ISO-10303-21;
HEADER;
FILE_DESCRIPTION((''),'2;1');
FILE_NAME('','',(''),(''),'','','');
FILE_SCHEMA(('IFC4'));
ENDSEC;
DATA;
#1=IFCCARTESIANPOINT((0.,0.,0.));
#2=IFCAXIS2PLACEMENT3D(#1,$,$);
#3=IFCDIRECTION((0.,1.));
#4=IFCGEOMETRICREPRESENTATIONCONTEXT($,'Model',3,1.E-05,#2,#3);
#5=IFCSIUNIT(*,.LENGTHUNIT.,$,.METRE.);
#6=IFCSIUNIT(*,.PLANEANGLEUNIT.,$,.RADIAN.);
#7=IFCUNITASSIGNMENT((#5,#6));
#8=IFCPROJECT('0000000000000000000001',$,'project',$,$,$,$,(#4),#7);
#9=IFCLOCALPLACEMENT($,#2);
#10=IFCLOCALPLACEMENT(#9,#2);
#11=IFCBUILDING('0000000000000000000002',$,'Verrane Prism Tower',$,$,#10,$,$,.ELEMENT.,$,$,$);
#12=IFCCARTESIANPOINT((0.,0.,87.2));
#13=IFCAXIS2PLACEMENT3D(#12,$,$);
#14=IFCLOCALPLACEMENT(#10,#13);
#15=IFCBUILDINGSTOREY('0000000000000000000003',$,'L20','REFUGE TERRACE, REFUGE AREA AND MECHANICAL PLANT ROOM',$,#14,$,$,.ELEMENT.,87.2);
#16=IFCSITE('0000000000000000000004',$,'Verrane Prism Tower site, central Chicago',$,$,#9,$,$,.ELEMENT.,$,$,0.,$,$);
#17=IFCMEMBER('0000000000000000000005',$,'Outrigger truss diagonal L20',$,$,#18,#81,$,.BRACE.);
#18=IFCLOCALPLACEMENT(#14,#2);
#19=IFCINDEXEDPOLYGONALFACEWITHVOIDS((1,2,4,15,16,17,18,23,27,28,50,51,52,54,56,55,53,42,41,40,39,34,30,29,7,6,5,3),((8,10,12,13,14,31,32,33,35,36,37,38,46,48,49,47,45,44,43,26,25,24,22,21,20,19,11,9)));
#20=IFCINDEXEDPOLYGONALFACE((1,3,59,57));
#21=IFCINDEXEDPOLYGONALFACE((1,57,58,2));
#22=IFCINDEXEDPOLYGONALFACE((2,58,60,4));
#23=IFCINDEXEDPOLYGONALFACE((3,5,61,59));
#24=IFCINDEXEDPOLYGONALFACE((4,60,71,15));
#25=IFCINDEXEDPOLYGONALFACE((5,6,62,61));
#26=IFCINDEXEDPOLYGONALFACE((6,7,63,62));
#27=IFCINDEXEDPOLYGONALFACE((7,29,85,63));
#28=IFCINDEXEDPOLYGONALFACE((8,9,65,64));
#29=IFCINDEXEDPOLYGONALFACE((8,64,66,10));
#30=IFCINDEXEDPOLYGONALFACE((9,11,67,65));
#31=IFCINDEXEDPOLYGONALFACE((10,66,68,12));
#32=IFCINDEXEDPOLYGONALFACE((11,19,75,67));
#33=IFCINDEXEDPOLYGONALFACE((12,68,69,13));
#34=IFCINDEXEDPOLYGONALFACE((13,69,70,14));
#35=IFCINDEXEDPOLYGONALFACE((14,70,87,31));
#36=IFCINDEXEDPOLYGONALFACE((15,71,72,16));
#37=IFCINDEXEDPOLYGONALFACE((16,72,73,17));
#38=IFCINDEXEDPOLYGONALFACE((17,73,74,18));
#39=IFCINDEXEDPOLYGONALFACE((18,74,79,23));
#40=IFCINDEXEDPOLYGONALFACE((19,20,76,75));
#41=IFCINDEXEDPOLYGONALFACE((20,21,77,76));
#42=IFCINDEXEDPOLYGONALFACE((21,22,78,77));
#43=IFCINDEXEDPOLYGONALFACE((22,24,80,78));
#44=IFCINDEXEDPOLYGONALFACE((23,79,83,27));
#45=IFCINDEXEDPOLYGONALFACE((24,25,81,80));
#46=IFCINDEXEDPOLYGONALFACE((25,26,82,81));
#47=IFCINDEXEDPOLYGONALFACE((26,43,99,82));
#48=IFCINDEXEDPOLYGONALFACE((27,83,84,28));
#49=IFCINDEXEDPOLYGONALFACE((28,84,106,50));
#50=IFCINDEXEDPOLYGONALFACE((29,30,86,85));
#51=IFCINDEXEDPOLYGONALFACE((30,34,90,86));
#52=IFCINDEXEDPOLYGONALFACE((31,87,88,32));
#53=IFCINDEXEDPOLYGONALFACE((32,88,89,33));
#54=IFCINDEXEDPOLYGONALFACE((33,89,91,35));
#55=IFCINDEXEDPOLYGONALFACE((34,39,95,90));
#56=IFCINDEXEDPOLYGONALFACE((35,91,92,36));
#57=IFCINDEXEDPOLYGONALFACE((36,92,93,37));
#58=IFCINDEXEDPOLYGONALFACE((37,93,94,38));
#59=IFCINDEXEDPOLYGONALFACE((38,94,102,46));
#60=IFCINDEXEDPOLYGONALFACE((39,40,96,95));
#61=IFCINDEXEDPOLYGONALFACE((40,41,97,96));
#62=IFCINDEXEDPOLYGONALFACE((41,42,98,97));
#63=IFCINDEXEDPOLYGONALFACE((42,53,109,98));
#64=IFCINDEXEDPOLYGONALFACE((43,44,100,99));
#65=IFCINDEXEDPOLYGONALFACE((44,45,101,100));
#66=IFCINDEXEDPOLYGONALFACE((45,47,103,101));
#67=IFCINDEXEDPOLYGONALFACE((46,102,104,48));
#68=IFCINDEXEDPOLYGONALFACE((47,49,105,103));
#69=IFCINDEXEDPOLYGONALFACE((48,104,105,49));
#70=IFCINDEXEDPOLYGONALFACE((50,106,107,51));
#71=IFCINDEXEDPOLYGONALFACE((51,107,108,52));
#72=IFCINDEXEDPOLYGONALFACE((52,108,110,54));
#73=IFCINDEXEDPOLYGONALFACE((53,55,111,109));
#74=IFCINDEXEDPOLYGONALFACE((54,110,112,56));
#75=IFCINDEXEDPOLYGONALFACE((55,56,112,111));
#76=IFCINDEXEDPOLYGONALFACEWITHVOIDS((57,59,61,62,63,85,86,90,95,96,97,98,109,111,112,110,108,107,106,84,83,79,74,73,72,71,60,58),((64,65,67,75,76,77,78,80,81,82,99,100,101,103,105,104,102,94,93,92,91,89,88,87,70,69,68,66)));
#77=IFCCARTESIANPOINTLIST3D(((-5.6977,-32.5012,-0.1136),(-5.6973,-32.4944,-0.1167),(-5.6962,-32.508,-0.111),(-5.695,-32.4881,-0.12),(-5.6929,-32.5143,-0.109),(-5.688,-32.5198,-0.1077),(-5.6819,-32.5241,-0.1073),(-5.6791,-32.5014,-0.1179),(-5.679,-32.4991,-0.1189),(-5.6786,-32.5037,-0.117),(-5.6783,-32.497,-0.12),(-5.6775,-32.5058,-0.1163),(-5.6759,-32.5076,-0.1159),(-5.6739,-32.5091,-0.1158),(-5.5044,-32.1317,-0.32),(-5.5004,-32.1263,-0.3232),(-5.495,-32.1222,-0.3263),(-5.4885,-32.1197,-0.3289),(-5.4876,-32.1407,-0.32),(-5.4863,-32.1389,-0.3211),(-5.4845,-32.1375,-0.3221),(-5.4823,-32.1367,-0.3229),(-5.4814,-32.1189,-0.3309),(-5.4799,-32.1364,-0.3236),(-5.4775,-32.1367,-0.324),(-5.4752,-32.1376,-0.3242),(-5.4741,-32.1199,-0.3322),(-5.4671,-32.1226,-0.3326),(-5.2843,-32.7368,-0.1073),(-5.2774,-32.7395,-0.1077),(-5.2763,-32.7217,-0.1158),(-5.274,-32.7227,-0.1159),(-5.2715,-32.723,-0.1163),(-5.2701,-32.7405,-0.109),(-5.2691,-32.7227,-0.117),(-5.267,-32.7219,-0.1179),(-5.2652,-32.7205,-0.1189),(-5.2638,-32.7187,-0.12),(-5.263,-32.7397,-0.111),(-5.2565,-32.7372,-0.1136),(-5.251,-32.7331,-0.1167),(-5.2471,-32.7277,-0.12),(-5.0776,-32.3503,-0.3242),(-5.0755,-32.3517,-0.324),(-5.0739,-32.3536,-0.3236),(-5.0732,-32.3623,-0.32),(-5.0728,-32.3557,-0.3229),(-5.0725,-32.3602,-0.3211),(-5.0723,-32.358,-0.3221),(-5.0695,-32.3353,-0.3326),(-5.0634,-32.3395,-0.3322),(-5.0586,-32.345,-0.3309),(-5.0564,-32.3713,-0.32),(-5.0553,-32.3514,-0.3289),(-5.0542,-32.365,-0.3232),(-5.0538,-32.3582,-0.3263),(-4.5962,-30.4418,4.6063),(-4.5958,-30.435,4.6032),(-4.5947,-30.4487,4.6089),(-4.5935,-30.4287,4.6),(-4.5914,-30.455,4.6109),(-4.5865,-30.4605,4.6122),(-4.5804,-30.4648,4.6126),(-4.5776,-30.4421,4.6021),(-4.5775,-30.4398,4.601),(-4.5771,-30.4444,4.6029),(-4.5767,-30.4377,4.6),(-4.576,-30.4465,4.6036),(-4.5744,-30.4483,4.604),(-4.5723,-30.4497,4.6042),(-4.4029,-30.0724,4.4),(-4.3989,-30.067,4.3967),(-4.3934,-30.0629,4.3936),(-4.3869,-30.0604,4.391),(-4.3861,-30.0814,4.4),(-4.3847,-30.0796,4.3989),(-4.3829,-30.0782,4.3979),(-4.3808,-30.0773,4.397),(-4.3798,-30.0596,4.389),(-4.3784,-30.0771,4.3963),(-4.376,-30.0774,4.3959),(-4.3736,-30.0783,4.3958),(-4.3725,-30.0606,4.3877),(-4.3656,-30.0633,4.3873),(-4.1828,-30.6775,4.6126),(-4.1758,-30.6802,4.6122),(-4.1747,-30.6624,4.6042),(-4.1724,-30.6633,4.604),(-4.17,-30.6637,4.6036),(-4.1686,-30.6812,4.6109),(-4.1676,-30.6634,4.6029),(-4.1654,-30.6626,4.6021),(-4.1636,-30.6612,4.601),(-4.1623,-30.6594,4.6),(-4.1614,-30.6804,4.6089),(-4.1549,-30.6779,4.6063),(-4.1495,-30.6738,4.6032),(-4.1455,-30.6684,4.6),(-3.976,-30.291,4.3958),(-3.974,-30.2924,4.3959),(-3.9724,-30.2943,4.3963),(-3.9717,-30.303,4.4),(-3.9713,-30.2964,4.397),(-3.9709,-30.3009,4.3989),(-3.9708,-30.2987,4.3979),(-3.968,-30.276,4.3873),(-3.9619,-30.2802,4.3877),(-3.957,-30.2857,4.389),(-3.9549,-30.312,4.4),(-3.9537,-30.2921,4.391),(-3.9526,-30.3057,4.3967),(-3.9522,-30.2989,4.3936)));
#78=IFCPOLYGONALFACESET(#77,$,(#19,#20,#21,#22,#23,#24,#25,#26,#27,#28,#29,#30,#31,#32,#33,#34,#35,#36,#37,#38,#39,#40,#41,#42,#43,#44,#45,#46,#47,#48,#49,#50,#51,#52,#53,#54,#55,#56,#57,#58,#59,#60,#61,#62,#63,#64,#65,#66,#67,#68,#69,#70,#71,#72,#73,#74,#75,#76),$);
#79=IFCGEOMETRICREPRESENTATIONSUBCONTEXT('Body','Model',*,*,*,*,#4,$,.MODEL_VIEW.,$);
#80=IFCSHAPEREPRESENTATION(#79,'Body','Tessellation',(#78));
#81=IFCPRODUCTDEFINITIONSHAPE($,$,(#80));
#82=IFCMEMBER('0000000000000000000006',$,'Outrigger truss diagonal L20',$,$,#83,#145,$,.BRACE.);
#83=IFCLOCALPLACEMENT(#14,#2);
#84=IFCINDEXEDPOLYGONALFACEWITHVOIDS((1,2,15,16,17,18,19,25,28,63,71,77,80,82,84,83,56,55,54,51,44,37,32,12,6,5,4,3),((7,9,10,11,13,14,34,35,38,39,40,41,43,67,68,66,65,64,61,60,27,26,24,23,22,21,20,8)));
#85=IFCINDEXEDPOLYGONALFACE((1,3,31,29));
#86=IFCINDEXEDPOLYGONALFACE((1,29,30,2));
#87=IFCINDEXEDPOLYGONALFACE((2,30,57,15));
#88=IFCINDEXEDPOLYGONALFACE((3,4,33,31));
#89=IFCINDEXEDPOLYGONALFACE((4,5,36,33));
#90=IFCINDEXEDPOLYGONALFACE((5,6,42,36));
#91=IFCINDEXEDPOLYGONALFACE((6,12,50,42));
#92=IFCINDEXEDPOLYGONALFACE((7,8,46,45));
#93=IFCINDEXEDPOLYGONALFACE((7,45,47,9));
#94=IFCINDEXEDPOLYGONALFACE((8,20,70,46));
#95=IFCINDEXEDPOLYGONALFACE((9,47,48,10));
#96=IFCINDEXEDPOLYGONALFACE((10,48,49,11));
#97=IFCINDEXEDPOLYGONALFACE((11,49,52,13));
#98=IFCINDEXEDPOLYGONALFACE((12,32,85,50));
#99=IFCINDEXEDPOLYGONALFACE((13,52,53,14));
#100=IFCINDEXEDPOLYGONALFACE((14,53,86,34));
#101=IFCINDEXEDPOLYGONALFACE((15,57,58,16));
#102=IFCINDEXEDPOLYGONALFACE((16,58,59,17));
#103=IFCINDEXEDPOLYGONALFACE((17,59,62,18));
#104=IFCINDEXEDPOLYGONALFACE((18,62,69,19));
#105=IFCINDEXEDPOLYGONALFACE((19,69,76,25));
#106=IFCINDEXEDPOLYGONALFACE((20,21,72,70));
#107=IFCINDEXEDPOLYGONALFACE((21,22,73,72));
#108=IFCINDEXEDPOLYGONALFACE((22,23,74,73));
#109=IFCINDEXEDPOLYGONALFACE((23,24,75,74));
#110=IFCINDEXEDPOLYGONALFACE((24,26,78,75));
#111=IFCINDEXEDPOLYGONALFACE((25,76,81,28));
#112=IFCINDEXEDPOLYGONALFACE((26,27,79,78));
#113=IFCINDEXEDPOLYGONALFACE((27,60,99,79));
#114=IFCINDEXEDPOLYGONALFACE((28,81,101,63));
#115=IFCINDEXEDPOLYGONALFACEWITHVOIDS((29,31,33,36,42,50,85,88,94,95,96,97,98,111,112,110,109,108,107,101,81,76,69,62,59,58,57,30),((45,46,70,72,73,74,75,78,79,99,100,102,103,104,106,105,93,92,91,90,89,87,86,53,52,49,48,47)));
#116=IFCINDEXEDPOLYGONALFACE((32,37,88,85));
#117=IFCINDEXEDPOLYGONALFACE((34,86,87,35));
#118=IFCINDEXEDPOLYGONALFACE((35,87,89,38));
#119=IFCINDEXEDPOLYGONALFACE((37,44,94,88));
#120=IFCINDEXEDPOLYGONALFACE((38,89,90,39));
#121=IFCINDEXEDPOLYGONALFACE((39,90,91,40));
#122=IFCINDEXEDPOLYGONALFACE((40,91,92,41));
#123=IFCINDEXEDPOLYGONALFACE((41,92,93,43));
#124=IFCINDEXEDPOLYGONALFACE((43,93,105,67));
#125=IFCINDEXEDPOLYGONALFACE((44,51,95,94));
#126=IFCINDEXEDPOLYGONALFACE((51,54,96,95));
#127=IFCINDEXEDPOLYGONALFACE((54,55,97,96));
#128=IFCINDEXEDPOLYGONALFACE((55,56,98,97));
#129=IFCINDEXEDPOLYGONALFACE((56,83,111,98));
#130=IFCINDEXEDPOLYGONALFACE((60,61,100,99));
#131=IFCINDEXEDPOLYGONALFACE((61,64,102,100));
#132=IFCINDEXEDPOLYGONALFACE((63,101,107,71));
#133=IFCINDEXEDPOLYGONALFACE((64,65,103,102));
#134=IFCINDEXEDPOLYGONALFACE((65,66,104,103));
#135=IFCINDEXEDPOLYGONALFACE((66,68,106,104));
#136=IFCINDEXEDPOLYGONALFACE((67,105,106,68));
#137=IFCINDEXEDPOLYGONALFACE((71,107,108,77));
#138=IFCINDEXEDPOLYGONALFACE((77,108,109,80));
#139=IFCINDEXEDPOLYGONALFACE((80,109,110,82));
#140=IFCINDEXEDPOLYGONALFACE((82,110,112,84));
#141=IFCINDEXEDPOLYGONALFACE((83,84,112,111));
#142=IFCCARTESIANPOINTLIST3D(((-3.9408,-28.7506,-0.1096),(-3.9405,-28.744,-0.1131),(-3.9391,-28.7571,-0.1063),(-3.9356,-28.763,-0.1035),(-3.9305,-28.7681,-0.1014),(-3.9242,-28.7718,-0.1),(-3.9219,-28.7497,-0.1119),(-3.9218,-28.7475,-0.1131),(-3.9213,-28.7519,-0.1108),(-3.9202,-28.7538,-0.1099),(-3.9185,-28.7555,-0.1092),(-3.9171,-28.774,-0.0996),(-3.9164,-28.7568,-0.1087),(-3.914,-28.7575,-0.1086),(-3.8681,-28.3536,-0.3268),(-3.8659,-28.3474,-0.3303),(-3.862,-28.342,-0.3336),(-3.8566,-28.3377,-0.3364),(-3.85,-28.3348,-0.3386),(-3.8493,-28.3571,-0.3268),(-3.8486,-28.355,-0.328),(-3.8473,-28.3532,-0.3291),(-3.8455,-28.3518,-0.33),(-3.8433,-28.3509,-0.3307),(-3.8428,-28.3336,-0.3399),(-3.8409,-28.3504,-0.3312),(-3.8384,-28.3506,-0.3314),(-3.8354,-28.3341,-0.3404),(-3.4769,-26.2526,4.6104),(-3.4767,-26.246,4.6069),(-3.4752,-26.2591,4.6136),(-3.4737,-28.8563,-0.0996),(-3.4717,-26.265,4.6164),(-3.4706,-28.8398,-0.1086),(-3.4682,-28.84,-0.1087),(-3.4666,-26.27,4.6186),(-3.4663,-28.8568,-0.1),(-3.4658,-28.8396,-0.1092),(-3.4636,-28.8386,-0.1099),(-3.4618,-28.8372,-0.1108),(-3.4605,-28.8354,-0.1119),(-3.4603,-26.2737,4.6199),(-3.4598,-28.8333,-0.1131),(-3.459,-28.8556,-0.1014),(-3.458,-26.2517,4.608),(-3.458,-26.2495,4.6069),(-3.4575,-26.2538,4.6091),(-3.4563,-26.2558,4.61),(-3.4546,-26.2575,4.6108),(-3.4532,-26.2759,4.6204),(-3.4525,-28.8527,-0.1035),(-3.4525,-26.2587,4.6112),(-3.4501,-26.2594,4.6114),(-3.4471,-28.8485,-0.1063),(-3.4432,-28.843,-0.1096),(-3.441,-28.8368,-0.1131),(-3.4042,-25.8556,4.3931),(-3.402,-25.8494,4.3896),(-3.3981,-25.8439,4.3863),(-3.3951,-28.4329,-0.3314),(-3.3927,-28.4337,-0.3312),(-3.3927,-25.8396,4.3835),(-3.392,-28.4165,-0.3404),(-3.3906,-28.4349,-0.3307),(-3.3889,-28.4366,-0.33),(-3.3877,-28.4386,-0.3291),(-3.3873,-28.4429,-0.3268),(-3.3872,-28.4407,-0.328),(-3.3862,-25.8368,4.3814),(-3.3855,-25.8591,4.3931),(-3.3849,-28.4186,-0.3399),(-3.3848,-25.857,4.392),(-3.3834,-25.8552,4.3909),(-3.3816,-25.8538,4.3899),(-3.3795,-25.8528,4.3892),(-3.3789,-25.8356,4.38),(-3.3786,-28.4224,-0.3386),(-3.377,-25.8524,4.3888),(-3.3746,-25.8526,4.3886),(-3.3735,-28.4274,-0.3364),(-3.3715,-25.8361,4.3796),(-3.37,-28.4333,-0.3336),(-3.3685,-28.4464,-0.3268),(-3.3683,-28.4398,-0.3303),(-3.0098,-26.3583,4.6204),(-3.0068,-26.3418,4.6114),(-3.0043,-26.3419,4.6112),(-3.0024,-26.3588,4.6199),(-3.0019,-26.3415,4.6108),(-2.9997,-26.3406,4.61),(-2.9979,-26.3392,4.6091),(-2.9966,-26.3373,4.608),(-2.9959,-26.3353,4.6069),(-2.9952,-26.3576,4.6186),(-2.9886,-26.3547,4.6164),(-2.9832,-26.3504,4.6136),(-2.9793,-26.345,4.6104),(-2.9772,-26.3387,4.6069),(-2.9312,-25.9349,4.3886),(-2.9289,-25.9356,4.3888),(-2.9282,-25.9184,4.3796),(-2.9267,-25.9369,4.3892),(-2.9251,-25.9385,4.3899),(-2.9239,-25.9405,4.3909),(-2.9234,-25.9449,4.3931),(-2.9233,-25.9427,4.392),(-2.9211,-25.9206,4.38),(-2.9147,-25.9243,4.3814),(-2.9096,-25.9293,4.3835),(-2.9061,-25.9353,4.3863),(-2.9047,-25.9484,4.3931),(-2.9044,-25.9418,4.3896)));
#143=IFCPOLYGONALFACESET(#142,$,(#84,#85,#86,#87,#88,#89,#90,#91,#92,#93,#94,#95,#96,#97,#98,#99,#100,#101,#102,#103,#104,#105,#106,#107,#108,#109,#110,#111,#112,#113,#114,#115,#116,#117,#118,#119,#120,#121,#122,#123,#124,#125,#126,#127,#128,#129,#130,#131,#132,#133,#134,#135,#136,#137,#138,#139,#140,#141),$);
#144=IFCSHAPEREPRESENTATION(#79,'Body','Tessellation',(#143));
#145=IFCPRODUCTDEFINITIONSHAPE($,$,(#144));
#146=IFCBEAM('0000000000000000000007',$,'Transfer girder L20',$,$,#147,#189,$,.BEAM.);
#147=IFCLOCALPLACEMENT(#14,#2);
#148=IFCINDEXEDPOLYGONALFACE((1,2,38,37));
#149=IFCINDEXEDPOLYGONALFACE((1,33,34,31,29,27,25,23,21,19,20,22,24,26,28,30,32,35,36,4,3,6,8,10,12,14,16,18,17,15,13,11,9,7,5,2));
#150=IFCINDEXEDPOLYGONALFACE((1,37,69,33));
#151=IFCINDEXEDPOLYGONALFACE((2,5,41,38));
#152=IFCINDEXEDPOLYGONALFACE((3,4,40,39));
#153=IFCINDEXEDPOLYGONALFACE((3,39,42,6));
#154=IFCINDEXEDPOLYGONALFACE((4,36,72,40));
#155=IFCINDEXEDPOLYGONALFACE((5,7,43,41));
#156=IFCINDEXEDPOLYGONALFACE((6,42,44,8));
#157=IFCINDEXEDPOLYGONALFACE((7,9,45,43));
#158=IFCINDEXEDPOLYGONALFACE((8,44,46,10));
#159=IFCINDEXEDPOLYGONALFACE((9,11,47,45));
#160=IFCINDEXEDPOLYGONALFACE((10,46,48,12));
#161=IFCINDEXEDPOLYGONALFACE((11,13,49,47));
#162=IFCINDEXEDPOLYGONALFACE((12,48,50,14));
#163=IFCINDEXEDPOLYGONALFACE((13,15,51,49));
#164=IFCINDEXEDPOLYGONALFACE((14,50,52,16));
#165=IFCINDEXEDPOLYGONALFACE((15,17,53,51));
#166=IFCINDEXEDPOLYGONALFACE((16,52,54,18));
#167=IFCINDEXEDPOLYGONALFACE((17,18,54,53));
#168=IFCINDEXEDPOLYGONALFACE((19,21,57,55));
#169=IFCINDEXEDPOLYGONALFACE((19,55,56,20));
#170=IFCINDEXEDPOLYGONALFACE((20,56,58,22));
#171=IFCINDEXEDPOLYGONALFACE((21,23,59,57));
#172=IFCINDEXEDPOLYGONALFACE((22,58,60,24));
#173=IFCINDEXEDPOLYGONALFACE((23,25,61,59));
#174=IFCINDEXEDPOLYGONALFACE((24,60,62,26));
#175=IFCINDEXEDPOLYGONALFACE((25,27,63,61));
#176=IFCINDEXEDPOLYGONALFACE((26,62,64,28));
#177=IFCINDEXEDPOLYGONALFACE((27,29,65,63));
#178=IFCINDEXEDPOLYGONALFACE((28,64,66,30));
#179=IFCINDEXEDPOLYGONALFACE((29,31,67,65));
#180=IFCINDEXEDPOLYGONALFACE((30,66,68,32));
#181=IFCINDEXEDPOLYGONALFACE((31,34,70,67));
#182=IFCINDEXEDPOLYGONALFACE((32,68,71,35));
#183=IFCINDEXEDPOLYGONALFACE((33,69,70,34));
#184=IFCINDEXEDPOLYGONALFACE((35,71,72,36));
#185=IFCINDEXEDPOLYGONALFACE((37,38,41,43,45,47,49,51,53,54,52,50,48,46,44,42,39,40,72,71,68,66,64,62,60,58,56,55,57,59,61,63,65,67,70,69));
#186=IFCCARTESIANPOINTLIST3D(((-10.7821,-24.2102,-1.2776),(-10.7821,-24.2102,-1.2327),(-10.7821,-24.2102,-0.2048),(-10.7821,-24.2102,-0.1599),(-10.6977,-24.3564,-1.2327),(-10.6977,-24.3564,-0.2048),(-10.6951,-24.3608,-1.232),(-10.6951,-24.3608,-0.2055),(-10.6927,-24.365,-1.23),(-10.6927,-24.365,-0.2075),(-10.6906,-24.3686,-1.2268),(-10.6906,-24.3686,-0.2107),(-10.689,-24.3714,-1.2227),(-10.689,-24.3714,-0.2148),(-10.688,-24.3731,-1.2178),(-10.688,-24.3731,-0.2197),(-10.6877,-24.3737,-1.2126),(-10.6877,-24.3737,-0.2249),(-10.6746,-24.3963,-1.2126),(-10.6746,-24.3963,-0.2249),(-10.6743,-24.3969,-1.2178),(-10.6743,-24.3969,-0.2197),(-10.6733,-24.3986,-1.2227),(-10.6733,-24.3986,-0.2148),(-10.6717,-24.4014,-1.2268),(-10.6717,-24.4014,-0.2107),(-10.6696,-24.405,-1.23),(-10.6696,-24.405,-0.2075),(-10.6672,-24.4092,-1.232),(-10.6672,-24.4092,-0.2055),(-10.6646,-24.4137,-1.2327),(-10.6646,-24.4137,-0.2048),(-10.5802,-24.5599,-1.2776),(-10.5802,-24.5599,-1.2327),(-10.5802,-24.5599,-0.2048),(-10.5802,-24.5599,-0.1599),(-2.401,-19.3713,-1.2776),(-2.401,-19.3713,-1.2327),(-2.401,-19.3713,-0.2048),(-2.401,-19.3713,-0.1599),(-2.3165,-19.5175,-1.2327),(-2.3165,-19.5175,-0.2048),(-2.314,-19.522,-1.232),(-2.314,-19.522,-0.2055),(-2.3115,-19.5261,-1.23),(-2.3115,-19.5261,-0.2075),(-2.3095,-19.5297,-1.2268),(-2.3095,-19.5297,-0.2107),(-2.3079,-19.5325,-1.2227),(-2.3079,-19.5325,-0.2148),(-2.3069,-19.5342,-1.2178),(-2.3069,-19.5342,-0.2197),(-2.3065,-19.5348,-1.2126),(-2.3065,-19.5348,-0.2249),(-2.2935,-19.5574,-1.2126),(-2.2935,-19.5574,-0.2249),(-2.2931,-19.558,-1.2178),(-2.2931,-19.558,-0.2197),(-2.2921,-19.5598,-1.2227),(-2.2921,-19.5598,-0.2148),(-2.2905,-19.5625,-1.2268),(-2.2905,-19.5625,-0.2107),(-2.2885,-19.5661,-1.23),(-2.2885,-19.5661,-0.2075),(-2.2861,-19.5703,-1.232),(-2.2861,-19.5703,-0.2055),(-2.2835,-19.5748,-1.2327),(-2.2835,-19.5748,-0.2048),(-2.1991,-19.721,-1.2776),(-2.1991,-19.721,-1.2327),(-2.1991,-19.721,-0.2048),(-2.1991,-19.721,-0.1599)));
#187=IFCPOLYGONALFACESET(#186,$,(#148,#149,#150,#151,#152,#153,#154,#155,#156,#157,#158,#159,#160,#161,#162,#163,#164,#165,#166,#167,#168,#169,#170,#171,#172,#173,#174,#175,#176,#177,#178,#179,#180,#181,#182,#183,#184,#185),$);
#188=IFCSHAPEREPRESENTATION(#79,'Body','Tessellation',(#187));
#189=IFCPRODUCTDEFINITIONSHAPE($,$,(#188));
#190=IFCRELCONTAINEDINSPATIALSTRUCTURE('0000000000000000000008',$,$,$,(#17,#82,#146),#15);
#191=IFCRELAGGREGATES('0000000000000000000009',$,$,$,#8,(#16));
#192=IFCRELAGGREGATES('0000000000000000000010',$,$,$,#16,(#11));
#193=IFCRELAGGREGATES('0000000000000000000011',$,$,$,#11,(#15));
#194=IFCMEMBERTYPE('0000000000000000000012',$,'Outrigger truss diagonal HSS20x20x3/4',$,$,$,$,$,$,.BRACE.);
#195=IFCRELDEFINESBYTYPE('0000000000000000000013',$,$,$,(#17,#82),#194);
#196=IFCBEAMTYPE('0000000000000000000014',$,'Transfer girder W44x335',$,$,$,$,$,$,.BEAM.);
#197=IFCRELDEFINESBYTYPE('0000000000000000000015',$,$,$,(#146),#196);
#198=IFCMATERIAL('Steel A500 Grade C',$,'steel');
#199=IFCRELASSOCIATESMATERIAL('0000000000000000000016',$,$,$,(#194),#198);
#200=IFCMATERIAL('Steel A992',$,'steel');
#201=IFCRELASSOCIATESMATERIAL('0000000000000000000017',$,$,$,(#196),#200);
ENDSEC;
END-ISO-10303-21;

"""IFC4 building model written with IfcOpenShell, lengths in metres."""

from ifc_helpers import new_model, si_unit, direction, frame, origin, origin_2d, place, context, subcontext, project, spatial, hollow_rectangle, i_section, extrude, material, material_profile, profile_set, type_object, element, save


model = new_model("IFC4")

# Units and contexts
model_context = context("Model", 3, precision=1e-05, world=origin(), true_north=direction((0.0, 1.0)))
body_context = subcontext(model_context, "Body", "Model", "MODEL_VIEW")
ifc_project = project(units=[si_unit("LENGTHUNIT", "METRE"), si_unit("PLANEANGLEUNIT", "RADIAN")], contexts=[model_context])

# Site, building, storey
site_placement = place(None, origin())
site = spatial("IfcSite", under=ifc_project, at=site_placement, Name="Verrane Prism Tower site, central Chicago", CompositionType="ELEMENT", RefElevation=0.0)
building_placement = place(site_placement, origin())
building = spatial("IfcBuilding", under=site, at=building_placement, Name="Verrane Prism Tower", CompositionType="ELEMENT")
storey_placement = place(building_placement, frame((0.0, 0.0, 87.2)))
storey = spatial("IfcBuildingStorey", under=building, at=storey_placement, Name="L20", Description="REFUGE TERRACE, REFUGE AREA AND MECHANICAL PLANT ROOM", CompositionType="ELEMENT", Elevation=87.2)

# Members
ifc_material_1 = material(Name="Steel A500 Grade C", Category="steel")
ifc_material_profile_1 = material_profile(ifc_material_1, hollow_rectangle(XDim=0.5081, YDim=0.5081, WallThickness=0.019, InnerFilletRadius=0.0095, OuterFilletRadius=0.0286, at=origin_2d()), Name="HSS20x20x3/4")
ifc_profile_set_1 = profile_set([ifc_material_profile_1], Name="Steel A500 Grade C")
member_type_1 = type_object("IfcMemberType", Name="Outrigger truss diagonal HSS20x20x3/4", PredefinedType="BRACE", material=ifc_profile_set_1)
member_1_placement = place(storey_placement, frame((-5.3757, -32.4297, -0.22), z_axis=(0.209178, 0.391049, 0.896284), x_axis=(-0.881774, 0.471673, 0.0)))
element("IfcMember", 1, at=member_1_placement, inside=storey, type_object=member_type_1, Name="Outrigger truss diagonal L20", PredefinedType="BRACE", context=body_context, shape_type="SweptSolid", body=[
    extrude(hollow_rectangle(XDim=0.5081, YDim=0.5081, WallThickness=0.019, InnerFilletRadius=0.0095, OuterFilletRadius=0.0286, at=origin_2d()), origin(), (0.0, 0.0, 1.0), 5.2661),
])
member_2_placement = place(storey_placement, frame((-3.6545, -28.5952, -0.22), z_axis=(0.086536, 0.466022, 0.880531), x_axis=(-0.983193, 0.182571, 0.0)))
element("IfcMember", 2, at=member_2_placement, inside=storey, type_object=member_type_1, Name="Outrigger truss diagonal L20", PredefinedType="BRACE", context=body_context, shape_type="SweptSolid", body=[
    extrude(hollow_rectangle(XDim=0.5081, YDim=0.5081, WallThickness=0.019, InnerFilletRadius=0.0095, OuterFilletRadius=0.0286, at=origin_2d()), origin(), (0.0, 0.0, 1.0), 5.3604),
])

# Beam
ifc_material_2 = material(Name="Steel A992", Category="steel")
ifc_material_profile_2 = material_profile(ifc_material_2, i_section(OverallWidth=0.4038, OverallDepth=1.1177, WebThickness=0.0261, FlangeThickness=0.0449, FilletRadius=0.02, at=origin_2d()), Name="W44x335")
ifc_profile_set_2 = profile_set([ifc_material_profile_2], Name="Steel A992")
beam_type_1 = type_object("IfcBeamType", Name="Transfer girder W44x335", PredefinedType="BEAM", material=ifc_profile_set_2)
beam_1_placement = place(storey_placement, frame((-10.6812, -24.385, -0.7188), z_axis=(0.866024, 0.500003, 0.0), x_axis=(-0.500003, 0.866024, 0.0)))
element("IfcBeam", 3, at=beam_1_placement, inside=storey, type_object=beam_type_1, Name="Transfer girder L20", PredefinedType="BEAM", context=body_context, shape_type="SweptSolid", body=[
    extrude(i_section(OverallWidth=0.4038, OverallDepth=1.1177, WebThickness=0.0261, FlangeThickness=0.0449, FilletRadius=0.02, at=origin_2d()), origin(), (0.0, 0.0, 1.0), 9.6777),
])

save(model, "model.ifc")
